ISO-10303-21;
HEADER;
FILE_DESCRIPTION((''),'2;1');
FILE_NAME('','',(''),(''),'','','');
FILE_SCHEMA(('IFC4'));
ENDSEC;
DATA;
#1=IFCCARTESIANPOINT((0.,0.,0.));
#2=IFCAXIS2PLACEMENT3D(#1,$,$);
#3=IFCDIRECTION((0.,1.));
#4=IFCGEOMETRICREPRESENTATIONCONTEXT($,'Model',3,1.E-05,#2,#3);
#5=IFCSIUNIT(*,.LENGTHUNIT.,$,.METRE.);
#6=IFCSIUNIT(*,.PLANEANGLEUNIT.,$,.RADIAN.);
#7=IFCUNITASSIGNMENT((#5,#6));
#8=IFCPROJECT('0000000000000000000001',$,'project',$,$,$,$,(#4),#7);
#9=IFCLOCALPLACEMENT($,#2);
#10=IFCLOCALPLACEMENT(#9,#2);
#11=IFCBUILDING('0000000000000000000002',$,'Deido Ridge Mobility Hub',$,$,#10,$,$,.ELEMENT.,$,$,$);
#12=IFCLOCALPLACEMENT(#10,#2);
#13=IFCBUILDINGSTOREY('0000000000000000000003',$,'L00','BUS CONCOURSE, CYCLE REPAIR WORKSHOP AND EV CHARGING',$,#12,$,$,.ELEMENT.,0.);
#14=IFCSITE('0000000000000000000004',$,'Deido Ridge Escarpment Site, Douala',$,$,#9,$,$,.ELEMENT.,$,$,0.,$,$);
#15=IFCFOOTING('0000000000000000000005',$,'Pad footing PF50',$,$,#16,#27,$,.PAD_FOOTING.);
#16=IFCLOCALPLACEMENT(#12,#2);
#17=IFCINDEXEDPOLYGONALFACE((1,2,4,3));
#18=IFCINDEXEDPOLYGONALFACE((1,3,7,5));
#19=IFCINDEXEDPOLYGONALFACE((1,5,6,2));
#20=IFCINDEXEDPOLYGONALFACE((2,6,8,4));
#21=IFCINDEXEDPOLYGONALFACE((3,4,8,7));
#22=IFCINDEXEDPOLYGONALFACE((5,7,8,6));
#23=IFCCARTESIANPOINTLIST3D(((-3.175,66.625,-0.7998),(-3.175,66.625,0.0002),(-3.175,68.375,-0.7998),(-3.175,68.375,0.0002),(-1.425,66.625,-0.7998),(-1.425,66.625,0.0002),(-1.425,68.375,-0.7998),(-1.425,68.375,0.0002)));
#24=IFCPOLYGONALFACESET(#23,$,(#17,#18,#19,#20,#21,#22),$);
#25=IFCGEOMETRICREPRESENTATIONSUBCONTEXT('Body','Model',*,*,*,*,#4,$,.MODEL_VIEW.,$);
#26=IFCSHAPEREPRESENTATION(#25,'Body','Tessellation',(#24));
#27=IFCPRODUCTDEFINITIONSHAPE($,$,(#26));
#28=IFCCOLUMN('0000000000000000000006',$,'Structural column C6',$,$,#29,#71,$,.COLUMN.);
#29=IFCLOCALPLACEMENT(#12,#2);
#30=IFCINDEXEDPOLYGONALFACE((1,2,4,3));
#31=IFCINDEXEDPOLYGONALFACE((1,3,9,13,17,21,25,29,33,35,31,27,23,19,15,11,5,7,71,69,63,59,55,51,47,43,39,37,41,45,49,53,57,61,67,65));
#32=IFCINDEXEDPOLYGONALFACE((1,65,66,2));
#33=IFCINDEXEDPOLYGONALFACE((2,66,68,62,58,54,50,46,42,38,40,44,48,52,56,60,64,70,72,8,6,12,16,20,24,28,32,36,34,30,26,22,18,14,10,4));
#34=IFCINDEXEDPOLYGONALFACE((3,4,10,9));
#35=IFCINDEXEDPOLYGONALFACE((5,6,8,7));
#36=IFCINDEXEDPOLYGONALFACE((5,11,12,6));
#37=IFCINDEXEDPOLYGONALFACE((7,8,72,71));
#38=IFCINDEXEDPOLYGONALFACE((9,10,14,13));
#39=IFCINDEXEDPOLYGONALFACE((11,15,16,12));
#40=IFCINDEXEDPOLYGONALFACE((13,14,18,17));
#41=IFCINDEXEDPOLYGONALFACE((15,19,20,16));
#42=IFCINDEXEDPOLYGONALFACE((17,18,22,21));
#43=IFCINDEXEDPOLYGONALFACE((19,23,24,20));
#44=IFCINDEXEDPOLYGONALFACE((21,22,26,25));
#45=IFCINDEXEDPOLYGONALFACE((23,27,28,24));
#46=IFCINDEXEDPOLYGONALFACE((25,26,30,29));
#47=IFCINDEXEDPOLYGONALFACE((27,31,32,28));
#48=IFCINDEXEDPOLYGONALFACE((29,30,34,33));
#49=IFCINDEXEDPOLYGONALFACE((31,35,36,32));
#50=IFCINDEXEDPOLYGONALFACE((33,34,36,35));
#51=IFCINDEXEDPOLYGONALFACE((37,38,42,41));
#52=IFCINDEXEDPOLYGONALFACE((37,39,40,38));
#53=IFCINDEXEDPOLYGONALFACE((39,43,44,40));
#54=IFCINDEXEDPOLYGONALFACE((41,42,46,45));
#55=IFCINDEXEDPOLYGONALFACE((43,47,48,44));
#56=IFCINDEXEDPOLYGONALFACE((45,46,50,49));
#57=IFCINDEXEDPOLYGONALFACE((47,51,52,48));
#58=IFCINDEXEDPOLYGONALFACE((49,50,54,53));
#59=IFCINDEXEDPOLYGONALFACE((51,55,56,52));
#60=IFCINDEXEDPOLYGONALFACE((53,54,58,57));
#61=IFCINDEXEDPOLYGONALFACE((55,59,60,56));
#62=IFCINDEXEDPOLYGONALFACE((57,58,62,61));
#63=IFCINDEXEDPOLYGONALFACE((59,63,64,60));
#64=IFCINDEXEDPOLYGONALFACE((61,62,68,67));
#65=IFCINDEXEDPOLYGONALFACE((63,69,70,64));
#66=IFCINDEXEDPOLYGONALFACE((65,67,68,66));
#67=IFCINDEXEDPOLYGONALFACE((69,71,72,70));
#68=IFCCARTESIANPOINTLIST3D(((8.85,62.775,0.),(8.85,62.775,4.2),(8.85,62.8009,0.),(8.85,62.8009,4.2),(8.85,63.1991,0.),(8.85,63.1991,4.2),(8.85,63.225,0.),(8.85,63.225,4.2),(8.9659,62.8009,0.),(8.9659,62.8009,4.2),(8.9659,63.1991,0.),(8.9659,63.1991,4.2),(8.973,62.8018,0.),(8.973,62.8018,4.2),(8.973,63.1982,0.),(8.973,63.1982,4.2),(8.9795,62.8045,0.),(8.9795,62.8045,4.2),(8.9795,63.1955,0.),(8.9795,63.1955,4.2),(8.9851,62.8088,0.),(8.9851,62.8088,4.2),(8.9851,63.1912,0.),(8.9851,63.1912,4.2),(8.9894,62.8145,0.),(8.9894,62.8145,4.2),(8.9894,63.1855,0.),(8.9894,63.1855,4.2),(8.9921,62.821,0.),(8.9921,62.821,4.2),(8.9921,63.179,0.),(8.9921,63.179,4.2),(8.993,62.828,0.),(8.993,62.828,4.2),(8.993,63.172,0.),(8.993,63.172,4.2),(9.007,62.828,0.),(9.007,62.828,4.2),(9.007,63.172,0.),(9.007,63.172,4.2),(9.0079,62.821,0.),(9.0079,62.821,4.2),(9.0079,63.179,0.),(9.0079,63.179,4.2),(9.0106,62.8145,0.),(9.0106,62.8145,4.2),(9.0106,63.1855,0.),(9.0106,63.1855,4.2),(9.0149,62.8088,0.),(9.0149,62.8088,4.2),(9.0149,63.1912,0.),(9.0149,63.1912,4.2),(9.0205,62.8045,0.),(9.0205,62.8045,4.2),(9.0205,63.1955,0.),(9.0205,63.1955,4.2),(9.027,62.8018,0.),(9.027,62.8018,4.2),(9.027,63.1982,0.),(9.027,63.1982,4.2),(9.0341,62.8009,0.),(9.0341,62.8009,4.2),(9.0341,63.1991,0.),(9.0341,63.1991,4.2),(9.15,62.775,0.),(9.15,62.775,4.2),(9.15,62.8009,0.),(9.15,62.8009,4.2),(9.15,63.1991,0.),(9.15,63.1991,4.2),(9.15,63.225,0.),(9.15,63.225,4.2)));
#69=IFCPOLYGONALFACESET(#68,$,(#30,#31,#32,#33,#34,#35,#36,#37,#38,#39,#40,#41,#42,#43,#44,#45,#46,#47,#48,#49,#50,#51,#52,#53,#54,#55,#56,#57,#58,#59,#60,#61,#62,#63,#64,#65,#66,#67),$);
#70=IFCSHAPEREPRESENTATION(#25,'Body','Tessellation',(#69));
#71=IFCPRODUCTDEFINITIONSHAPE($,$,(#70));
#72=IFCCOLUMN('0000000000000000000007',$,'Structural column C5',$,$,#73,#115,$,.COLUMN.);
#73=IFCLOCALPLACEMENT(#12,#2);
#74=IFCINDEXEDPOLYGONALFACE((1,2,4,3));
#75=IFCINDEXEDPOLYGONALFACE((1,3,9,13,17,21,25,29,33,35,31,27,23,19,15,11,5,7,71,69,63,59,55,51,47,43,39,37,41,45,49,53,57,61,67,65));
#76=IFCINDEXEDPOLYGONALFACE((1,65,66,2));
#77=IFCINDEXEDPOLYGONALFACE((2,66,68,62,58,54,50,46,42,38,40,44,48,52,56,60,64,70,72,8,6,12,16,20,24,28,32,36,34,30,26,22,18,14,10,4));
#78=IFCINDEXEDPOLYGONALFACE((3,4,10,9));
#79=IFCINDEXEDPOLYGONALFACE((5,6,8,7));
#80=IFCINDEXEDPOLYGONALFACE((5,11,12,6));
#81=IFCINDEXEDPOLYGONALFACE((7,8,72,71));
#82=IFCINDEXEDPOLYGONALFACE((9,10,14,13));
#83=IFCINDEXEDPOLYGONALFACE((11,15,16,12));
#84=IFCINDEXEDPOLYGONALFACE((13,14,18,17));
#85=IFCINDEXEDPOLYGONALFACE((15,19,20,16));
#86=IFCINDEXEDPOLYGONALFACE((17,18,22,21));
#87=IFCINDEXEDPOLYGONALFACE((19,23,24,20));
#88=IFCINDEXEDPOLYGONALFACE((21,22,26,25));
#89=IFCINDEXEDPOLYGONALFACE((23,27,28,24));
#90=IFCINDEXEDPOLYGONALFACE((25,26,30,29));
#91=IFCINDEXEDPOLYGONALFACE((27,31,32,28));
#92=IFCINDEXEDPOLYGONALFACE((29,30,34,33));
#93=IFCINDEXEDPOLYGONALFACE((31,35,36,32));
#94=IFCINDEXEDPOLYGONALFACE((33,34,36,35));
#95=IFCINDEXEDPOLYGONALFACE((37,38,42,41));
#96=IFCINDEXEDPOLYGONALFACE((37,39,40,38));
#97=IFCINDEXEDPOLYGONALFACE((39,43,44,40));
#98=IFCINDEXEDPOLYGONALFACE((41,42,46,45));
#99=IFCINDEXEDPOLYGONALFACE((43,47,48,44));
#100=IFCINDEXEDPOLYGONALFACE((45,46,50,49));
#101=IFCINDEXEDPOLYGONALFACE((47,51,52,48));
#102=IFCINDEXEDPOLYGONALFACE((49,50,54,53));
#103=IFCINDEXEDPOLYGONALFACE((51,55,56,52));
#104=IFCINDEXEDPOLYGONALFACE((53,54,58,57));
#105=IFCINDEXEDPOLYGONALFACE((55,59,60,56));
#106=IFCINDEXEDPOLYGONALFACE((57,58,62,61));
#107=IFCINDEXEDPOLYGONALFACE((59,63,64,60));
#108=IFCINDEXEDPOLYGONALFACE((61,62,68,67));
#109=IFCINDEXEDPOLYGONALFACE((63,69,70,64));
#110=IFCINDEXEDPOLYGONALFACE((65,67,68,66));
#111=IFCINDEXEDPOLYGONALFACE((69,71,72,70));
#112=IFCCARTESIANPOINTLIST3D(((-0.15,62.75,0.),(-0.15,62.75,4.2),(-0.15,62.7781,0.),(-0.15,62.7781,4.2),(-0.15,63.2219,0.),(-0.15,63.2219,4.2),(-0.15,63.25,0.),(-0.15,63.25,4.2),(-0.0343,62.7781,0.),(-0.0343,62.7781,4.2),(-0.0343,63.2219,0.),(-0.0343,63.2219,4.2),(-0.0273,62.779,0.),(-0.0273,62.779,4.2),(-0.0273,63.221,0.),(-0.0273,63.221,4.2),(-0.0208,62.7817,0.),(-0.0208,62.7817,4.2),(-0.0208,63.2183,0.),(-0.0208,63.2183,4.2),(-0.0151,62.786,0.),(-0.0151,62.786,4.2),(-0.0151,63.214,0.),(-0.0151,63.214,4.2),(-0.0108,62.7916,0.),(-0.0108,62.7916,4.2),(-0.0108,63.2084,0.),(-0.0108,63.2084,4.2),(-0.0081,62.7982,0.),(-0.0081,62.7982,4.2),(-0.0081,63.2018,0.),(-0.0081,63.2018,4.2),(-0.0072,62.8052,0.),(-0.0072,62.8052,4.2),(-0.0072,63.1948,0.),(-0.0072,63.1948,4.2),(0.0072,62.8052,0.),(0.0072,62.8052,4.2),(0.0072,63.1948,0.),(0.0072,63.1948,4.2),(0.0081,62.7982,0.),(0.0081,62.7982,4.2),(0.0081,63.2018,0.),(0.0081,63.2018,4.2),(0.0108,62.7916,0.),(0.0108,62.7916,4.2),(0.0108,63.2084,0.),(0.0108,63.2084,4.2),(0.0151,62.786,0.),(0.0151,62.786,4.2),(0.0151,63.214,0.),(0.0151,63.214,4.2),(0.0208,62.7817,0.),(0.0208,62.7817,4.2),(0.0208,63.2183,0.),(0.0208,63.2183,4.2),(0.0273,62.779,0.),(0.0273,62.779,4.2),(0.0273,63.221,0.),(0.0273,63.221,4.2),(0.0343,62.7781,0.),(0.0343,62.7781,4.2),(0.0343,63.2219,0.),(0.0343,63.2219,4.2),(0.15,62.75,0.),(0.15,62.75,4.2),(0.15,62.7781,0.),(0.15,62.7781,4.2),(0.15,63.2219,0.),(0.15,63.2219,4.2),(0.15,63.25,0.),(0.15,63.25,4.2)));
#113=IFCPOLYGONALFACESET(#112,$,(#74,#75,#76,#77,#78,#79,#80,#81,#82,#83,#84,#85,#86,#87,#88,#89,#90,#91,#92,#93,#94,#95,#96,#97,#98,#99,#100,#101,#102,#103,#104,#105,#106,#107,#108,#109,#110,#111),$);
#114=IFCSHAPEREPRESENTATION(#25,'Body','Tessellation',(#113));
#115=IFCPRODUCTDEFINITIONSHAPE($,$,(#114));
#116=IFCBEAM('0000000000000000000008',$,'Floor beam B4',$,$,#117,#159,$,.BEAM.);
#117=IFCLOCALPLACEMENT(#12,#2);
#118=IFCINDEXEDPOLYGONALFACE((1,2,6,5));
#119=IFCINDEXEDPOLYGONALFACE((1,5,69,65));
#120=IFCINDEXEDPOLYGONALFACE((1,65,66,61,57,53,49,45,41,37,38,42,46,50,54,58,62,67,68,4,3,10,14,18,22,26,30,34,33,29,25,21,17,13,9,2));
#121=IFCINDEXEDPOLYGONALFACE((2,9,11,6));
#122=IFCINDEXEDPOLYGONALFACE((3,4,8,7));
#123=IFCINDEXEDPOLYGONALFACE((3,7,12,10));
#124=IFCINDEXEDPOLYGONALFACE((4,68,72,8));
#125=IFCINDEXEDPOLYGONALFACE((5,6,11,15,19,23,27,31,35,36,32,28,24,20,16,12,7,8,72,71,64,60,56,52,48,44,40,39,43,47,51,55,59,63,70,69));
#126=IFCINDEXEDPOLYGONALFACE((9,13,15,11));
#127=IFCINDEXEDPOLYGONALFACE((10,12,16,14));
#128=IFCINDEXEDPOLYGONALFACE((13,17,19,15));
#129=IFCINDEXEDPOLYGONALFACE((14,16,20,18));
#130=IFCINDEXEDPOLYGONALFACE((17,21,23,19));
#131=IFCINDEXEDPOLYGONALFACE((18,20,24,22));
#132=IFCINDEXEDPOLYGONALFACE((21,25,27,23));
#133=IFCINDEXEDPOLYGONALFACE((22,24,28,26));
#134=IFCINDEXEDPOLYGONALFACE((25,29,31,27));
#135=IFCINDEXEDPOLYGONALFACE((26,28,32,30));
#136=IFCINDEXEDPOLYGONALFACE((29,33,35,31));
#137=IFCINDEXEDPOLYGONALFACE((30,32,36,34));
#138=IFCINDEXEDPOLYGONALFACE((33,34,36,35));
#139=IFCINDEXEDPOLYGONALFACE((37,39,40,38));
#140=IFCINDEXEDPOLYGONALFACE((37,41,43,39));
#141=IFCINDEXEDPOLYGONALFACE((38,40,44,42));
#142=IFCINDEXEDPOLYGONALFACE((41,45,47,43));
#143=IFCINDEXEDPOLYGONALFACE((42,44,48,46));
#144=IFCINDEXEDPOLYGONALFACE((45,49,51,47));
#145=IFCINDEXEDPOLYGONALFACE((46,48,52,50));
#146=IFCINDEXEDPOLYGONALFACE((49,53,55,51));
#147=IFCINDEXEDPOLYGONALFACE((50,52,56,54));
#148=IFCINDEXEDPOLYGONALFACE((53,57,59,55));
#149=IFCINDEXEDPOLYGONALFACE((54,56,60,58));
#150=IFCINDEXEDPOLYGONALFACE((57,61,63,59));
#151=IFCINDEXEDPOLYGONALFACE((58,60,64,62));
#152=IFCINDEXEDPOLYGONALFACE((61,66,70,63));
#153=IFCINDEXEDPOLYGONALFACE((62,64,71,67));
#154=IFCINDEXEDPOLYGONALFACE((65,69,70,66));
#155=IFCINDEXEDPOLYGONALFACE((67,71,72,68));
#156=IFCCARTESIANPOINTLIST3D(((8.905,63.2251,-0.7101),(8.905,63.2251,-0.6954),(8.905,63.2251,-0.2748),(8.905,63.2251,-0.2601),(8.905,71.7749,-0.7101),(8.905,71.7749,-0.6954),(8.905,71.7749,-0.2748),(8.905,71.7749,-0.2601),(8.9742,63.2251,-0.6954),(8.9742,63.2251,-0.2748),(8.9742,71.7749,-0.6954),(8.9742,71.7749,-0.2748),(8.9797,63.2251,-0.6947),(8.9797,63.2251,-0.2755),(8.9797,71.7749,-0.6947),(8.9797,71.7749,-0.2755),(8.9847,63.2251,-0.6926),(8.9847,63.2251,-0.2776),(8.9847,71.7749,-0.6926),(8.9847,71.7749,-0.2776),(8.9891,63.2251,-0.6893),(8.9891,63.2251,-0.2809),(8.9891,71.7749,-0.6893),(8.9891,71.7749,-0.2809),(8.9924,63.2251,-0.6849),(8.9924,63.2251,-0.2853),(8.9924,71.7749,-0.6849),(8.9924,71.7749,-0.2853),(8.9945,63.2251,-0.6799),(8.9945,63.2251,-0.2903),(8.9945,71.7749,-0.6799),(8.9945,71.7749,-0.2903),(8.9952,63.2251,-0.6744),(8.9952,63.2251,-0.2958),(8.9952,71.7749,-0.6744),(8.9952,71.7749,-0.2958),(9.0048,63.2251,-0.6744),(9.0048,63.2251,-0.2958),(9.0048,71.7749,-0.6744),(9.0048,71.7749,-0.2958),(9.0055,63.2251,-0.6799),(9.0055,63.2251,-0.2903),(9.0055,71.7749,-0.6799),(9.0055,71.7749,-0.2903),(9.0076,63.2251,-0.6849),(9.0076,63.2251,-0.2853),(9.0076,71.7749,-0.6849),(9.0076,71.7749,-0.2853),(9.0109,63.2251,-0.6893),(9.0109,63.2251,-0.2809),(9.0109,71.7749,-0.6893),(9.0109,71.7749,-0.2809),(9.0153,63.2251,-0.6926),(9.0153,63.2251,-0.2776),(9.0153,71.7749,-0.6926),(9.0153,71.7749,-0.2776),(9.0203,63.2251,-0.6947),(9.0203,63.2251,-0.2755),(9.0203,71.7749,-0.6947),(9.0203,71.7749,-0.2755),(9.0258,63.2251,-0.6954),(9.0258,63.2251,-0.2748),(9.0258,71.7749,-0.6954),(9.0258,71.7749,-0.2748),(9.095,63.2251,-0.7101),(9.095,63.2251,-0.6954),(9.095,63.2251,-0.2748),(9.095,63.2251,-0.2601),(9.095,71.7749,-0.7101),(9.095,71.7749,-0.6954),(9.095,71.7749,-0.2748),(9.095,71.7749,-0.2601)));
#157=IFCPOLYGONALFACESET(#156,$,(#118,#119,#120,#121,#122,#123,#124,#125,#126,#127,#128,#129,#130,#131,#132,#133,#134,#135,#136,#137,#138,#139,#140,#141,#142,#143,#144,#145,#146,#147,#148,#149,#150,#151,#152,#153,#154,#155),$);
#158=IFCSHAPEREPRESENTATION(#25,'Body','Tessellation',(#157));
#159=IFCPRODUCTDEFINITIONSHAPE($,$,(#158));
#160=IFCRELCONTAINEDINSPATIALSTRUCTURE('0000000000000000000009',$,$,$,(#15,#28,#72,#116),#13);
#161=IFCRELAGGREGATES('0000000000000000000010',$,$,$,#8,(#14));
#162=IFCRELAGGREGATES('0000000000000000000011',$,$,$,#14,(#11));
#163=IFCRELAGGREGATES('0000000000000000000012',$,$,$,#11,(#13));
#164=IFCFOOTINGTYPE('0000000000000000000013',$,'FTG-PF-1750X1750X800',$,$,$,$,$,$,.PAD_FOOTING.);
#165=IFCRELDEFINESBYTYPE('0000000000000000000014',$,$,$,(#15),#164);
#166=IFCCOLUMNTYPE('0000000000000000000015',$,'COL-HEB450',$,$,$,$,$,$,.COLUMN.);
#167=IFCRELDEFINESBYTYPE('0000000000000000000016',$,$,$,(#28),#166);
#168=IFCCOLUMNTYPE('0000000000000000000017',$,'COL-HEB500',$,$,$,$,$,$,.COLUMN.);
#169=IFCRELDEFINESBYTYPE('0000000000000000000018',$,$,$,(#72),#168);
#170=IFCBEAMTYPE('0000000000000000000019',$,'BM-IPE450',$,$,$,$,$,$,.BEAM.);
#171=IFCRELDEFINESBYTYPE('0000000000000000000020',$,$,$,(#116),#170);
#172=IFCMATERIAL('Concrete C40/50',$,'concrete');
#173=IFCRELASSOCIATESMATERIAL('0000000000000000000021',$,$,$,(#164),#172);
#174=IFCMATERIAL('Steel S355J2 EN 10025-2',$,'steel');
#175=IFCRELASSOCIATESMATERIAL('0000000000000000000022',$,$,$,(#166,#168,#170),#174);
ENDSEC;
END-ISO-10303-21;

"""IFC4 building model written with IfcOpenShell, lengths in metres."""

from ifc_helpers import new_model, si_unit, direction, frame, origin, origin_2d, place, context, subcontext, project, spatial, rectangle, i_section, extrude, material, material_profile, profile_set, type_object, element, save


model = new_model("IFC4")

# Units and contexts
model_context = context("Model", 3, precision=1e-05, world=origin(), true_north=direction((0.0, 1.0)))
body_context = subcontext(model_context, "Body", "Model", "MODEL_VIEW")
ifc_project = project(units=[si_unit("LENGTHUNIT", "METRE"), si_unit("PLANEANGLEUNIT", "RADIAN")], contexts=[model_context])

# Site, building, storey
site_placement = place(None, origin())
site = spatial("IfcSite", under=ifc_project, at=site_placement, Name="Deido Ridge Escarpment Site, Douala", CompositionType="ELEMENT", RefElevation=0.0)
building_placement = place(site_placement, origin())
building = spatial("IfcBuilding", under=site, at=building_placement, Name="Deido Ridge Mobility Hub", CompositionType="ELEMENT")
storey_placement = place(building_placement, origin())
storey = spatial("IfcBuildingStorey", under=building, at=storey_placement, Name="L00", Description="BUS CONCOURSE, CYCLE REPAIR WORKSHOP AND EV CHARGING", CompositionType="ELEMENT", Elevation=0.0)

# Footing
ifc_material_1 = material(Name="Concrete C40/50", Category="concrete")
footing_type = type_object("IfcFootingType", Name="FTG-PF-1750X1750X800", PredefinedType="PAD_FOOTING", material=ifc_material_1)
footing_placement = place(storey_placement, frame((-2.3, 67.5, -0.7998), z_axis=(0.0, 0.0, 1.0), x_axis=(1.0, 0.0, 0.0)))
element("IfcFooting", 1, at=footing_placement, inside=storey, type_object=footing_type, Name="Pad footing PF50", PredefinedType="PAD_FOOTING", context=body_context, shape_type="SweptSolid", body=[
    extrude(rectangle(XDim=1.75, YDim=1.75, at=origin_2d()), origin(), (0.0, 0.0, 1.0), 0.8),
])

# Columns
ifc_material_2 = material(Name="Steel S355J2 EN 10025-2", Category="steel")
ifc_material_profile_1 = material_profile(ifc_material_2, i_section(OverallWidth=0.3, OverallDepth=0.45, WebThickness=0.0139, FlangeThickness=0.0259, FilletRadius=0.0271, at=origin_2d()), Name="HEB 450")
ifc_profile_set_1 = profile_set([ifc_material_profile_1], Name="Steel S355J2 EN 10025-2")
column_type_1 = type_object("IfcColumnType", Name="COL-HEB450", PredefinedType="COLUMN", material=ifc_profile_set_1)
column_1_placement = place(storey_placement, frame((9.0, 63.0, 0.0), z_axis=(0.0, 0.0, 1.0), x_axis=(1.0, 0.0, 0.0)))
element("IfcColumn", 2, at=column_1_placement, inside=storey, type_object=column_type_1, Name="Structural column C6", PredefinedType="COLUMN", context=body_context, shape_type="SweptSolid", body=[
    extrude(i_section(OverallWidth=0.3, OverallDepth=0.45, WebThickness=0.0139, FlangeThickness=0.0259, FilletRadius=0.0271, at=origin_2d()), origin(), (0.0, 0.0, 1.0), 4.2),
])
ifc_material_profile_2 = material_profile(ifc_material_2, i_section(OverallWidth=0.3, OverallDepth=0.5, WebThickness=0.0144, FlangeThickness=0.0281, FilletRadius=0.0271, at=origin_2d()), Name="HEB 500")
ifc_profile_set_2 = profile_set([ifc_material_profile_2], Name="Steel S355J2 EN 10025-2")
column_type_2 = type_object("IfcColumnType", Name="COL-HEB500", PredefinedType="COLUMN", material=ifc_profile_set_2)
column_2_placement = place(storey_placement, frame((0.0, 63.0, 0.0), z_axis=(0.0, 0.0, 1.0), x_axis=(1.0, 0.0, 0.0)))
element("IfcColumn", 3, at=column_2_placement, inside=storey, type_object=column_type_2, Name="Structural column C5", PredefinedType="COLUMN", context=body_context, shape_type="SweptSolid", body=[
    extrude(i_section(OverallWidth=0.3, OverallDepth=0.5, WebThickness=0.0144, FlangeThickness=0.0281, FilletRadius=0.0271, at=origin_2d()), origin(), (0.0, 0.0, 1.0), 4.2),
])

# Beam
ifc_material_profile_3 = material_profile(ifc_material_2, i_section(OverallWidth=0.1899, OverallDepth=0.45, WebThickness=0.0095, FlangeThickness=0.0146, FilletRadius=0.021, at=origin_2d()), Name="IPE 450")
ifc_profile_set_3 = profile_set([ifc_material_profile_3], Name="Steel S355J2 EN 10025-2")
beam_type_1 = type_object("IfcBeamType", Name="BM-IPE450", PredefinedType="BEAM", material=ifc_profile_set_3)
beam_1_placement = place(storey_placement, frame((9.0, 63.2251, -0.4851), z_axis=(0.0, 1.0, 0.0), x_axis=(-1.0, 0.0, 0.0)))
element("IfcBeam", 4, at=beam_1_placement, inside=storey, type_object=beam_type_1, Name="Floor beam B4", PredefinedType="BEAM", context=body_context, shape_type="SweptSolid", body=[
    extrude(i_section(OverallWidth=0.1899, OverallDepth=0.45, WebThickness=0.0095, FlangeThickness=0.0146, FilletRadius=0.021, at=origin_2d()), origin(), (0.0, 0.0, 1.0), 8.5498),
])

save(model, "model.ifc")
